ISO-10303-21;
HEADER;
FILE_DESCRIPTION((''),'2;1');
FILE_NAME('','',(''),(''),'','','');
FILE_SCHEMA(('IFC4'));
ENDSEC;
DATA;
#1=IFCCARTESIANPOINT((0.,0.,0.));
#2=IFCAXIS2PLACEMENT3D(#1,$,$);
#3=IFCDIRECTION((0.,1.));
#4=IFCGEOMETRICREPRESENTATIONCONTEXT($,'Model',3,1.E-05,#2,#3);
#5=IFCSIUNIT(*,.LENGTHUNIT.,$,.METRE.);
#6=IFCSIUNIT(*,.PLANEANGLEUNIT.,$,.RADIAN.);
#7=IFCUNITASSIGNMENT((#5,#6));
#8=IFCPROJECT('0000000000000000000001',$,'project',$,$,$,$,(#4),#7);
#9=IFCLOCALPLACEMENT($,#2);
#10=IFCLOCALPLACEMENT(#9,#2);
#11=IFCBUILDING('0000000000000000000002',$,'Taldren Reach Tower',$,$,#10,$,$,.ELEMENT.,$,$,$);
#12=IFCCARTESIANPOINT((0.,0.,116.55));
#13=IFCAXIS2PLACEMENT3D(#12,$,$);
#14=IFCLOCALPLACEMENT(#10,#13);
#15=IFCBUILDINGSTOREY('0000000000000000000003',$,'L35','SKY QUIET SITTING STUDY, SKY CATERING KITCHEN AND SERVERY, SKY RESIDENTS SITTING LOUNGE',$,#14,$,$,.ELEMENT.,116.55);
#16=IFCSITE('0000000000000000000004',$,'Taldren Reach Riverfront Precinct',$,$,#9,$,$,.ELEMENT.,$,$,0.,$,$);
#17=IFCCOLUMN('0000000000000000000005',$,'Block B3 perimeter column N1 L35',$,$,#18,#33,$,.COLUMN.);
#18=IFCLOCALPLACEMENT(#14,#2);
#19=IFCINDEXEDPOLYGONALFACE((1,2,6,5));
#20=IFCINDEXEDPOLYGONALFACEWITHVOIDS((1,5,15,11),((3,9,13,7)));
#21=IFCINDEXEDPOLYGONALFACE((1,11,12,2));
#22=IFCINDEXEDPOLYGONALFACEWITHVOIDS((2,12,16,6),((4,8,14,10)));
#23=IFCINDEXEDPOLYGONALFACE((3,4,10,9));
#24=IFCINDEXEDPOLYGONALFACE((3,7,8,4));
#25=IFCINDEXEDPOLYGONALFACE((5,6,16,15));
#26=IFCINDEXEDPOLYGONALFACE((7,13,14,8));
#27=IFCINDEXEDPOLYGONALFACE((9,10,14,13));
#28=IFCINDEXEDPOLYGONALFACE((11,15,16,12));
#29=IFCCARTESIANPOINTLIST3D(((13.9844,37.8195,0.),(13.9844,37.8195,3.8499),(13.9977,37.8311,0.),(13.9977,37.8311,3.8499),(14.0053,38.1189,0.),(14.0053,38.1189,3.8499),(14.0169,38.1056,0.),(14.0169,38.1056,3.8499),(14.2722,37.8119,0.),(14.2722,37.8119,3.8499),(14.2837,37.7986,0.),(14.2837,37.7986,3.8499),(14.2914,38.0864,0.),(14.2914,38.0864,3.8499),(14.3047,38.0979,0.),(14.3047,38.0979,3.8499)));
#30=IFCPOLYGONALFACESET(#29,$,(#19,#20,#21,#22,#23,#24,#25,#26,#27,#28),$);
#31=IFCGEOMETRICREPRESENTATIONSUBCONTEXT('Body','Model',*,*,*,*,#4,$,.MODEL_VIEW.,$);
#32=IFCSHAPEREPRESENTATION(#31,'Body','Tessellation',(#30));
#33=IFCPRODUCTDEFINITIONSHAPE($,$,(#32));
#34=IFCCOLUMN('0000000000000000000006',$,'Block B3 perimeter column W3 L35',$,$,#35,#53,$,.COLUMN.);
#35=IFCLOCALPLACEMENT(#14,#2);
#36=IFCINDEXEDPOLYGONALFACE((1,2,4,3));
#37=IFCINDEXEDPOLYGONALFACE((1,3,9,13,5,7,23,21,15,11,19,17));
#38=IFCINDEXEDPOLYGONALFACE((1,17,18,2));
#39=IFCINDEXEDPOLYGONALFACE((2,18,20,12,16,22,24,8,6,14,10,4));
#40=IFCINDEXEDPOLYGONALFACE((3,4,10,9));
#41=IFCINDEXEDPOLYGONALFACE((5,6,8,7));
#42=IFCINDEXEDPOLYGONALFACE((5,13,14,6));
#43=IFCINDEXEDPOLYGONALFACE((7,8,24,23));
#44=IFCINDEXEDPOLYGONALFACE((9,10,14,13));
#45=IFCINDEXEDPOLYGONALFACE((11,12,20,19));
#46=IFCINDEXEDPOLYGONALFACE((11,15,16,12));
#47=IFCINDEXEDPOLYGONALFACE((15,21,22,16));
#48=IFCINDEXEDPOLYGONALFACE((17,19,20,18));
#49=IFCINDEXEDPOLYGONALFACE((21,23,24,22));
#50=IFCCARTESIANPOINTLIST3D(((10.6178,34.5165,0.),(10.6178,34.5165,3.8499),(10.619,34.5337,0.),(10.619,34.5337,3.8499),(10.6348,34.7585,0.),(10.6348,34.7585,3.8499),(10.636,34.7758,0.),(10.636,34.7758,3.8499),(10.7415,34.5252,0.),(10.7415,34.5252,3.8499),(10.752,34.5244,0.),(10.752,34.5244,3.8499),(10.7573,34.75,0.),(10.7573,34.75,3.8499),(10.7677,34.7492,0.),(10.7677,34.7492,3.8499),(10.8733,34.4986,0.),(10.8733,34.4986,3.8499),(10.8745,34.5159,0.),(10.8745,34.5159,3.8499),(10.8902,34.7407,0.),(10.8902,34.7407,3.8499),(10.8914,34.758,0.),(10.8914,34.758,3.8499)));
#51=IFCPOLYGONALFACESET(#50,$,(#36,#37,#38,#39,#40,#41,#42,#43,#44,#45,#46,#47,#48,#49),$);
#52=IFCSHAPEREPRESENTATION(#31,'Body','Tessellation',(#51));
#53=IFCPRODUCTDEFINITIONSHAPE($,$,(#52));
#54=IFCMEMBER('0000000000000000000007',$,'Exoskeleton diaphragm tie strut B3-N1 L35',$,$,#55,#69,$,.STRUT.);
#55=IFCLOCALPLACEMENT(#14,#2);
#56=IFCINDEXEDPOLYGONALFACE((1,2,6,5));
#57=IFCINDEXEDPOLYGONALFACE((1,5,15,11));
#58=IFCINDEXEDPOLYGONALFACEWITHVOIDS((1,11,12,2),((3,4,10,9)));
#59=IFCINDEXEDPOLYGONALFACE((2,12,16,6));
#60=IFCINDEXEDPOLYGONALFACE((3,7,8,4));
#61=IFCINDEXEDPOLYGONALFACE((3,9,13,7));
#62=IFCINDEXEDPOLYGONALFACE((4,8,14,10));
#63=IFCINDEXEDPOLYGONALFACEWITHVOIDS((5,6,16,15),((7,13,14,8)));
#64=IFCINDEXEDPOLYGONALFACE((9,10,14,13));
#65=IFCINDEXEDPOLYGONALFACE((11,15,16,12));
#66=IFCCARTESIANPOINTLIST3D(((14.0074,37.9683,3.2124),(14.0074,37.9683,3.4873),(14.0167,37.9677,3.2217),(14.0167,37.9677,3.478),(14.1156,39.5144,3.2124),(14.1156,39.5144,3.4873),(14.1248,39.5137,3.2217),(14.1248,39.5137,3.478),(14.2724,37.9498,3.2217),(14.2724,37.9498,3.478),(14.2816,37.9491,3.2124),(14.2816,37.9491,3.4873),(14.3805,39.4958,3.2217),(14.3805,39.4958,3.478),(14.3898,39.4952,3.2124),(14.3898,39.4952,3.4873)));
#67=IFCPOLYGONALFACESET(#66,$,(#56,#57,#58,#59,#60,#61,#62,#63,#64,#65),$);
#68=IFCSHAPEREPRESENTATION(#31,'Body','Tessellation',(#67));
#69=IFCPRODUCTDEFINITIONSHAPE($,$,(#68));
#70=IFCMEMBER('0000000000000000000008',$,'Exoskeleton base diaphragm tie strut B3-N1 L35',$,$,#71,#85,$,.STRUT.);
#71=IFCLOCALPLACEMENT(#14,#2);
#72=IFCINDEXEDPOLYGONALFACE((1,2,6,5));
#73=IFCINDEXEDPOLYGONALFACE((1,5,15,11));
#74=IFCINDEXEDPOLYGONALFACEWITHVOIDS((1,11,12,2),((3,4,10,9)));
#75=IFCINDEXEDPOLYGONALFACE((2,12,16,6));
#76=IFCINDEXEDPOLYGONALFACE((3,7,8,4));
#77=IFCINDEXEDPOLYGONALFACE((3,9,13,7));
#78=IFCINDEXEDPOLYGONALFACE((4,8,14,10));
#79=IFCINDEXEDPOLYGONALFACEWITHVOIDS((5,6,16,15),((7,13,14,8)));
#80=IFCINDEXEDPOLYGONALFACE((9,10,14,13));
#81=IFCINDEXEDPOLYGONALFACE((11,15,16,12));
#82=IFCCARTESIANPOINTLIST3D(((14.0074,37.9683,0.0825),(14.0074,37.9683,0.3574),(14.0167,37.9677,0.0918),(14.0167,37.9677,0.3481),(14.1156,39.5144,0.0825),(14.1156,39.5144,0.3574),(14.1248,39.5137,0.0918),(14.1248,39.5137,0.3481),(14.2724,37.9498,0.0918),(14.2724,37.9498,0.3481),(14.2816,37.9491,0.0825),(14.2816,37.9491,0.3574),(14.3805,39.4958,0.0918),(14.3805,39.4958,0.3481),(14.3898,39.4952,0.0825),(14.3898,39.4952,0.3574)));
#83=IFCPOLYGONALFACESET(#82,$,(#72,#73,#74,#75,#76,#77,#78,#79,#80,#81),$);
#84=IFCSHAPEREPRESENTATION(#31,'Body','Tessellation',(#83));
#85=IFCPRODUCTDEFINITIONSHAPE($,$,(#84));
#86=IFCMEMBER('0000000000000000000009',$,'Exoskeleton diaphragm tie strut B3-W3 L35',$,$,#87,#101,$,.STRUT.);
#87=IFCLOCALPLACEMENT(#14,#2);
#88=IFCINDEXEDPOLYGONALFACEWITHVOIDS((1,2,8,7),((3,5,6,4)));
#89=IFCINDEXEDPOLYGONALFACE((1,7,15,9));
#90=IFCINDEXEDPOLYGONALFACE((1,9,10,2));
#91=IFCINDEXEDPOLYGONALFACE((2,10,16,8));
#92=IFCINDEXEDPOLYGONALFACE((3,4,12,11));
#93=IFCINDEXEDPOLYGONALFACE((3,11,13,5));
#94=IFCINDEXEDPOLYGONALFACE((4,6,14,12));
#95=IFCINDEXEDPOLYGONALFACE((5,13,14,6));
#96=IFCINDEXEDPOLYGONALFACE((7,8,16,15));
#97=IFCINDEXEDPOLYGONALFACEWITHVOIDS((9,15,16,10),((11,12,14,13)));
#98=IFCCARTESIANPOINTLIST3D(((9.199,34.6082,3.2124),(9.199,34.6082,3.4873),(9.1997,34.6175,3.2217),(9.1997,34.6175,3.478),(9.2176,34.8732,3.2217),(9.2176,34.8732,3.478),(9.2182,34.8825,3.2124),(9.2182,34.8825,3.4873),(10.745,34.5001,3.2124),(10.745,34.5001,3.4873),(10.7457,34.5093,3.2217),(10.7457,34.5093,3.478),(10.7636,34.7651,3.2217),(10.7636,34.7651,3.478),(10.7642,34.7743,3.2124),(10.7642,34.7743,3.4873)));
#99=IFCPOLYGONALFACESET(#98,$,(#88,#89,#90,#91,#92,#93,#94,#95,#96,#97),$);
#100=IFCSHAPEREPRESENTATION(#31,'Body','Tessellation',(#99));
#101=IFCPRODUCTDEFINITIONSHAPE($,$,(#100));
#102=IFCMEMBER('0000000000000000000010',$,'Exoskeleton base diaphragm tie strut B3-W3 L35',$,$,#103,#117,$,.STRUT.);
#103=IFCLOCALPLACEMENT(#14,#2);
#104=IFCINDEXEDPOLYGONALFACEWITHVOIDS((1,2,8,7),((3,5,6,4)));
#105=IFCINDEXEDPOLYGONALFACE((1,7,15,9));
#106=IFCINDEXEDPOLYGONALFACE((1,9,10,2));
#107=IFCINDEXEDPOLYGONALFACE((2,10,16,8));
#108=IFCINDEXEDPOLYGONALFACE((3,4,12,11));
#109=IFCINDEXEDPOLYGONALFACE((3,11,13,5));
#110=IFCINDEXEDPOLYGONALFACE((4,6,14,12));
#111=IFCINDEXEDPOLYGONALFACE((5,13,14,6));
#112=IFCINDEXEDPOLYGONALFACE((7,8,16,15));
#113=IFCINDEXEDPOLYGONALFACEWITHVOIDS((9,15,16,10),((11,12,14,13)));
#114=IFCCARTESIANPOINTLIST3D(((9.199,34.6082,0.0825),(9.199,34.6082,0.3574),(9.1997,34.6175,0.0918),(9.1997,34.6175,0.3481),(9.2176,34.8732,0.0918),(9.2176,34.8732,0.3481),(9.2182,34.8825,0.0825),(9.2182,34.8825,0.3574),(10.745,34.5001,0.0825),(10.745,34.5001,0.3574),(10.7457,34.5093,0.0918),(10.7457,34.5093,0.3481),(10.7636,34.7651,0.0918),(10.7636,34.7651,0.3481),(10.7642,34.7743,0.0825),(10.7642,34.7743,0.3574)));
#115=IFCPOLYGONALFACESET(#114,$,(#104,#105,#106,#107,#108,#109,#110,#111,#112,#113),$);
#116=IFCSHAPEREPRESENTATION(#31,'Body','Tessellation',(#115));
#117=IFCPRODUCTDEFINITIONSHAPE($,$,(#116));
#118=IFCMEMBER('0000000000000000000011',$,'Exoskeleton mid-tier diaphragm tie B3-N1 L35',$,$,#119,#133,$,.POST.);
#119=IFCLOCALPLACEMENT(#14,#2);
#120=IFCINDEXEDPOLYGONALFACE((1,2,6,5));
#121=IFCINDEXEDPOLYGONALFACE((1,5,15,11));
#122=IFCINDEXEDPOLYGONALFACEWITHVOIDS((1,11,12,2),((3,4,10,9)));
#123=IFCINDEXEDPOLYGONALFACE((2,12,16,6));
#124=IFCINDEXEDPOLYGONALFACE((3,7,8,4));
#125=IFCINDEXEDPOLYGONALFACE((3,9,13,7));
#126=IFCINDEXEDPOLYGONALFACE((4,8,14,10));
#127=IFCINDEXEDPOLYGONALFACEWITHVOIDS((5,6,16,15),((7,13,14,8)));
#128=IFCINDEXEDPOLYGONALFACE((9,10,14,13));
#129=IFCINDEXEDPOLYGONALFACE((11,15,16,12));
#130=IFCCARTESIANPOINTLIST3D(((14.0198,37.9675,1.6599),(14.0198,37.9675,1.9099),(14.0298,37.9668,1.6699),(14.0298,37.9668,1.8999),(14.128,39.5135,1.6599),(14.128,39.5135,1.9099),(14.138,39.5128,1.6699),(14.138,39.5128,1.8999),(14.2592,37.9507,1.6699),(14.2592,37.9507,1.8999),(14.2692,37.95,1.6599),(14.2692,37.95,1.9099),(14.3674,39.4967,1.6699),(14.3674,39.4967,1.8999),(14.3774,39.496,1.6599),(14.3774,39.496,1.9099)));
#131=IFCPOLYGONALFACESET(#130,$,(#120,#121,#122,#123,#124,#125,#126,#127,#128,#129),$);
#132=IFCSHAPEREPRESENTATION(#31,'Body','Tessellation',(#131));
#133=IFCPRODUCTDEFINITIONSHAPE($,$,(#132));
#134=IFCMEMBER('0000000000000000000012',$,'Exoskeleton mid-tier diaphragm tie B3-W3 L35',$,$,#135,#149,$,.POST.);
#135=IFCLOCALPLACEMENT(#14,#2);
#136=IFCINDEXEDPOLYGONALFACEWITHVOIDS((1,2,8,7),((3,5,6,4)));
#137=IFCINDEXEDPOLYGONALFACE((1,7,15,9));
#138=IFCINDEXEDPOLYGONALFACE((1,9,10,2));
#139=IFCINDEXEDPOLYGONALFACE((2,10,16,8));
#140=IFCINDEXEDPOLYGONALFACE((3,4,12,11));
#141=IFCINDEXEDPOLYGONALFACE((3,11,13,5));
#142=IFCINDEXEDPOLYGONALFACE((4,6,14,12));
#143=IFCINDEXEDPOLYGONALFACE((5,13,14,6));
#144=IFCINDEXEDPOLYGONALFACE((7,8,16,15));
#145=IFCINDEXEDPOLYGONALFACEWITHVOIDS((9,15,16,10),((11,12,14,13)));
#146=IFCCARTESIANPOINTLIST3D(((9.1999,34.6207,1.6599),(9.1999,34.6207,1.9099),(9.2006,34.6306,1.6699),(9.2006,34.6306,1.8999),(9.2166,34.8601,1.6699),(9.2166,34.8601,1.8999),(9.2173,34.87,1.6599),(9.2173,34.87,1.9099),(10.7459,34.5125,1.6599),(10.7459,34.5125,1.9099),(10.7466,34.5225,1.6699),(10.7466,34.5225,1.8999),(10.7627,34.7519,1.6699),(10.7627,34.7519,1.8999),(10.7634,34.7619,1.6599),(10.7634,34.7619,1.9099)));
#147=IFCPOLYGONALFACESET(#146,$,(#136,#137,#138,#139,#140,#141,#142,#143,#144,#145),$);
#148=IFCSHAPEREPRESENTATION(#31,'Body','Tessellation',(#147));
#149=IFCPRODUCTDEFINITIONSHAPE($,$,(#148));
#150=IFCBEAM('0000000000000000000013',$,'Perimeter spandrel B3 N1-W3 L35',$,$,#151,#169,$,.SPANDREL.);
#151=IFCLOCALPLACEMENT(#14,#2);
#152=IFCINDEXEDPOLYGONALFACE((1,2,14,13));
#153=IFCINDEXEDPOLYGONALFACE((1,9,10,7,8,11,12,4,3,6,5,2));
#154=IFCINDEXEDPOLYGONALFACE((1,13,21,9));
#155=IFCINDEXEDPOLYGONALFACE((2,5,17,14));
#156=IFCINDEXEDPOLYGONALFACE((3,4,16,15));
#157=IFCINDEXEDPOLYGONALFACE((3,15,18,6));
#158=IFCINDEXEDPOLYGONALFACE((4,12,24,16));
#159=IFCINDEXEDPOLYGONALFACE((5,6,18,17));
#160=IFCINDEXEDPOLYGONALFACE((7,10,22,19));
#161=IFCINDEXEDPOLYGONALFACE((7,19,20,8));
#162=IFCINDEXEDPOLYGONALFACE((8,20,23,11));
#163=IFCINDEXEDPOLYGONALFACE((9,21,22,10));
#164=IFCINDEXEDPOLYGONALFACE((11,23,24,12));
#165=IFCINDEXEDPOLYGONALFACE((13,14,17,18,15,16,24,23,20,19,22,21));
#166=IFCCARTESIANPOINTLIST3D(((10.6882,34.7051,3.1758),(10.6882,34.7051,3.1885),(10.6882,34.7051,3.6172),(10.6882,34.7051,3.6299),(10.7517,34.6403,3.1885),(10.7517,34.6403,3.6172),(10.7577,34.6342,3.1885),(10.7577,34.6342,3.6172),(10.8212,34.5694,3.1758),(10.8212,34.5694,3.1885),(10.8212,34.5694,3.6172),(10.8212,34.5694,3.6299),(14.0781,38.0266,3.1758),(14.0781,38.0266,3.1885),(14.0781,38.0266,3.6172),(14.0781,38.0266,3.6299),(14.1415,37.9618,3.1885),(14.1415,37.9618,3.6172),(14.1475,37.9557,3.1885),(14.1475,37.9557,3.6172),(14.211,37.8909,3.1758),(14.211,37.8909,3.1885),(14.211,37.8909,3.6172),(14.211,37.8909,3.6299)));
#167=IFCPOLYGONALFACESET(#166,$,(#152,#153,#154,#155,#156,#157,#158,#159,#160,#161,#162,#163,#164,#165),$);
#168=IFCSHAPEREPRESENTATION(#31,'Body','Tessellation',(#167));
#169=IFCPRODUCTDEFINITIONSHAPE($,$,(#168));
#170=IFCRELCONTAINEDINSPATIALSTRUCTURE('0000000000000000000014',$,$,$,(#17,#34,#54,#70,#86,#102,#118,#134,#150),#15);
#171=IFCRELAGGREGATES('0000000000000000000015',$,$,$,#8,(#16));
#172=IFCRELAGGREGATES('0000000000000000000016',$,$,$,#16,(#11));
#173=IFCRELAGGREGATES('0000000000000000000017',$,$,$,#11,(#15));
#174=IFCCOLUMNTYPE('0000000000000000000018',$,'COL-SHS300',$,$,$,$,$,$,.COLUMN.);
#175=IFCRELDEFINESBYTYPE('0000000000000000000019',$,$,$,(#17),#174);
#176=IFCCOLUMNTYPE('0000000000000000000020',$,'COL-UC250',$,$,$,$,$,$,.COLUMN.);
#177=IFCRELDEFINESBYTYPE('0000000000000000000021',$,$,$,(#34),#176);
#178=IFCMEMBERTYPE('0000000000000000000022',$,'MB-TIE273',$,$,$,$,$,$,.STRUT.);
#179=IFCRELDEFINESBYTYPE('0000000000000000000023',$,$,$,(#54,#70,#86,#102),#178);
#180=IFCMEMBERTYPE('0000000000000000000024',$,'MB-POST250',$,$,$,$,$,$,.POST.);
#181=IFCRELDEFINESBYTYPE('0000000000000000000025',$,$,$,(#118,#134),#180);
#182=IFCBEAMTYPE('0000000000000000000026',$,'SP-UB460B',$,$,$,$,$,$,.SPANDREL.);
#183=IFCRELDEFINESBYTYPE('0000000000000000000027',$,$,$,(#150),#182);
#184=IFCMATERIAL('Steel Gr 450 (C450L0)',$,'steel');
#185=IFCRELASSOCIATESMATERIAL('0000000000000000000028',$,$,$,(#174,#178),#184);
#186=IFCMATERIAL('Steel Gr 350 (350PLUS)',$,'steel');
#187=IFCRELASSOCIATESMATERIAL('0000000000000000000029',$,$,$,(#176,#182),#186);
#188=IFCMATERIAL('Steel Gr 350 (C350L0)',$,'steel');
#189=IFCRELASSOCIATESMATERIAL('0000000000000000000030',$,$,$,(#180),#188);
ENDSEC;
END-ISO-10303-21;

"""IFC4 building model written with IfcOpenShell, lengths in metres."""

from ifc_helpers import new_model, si_unit, direction, frame, origin, origin_2d, place, context, subcontext, project, spatial, hollow_rectangle, i_section, extrude, source, transform, mapped, material, material_profile, profile_set, type_object, element, save


model = new_model("IFC4")

# Units and contexts
model_context = context("Model", 3, precision=1e-05, world=origin(), true_north=direction((0.0, 1.0)))
body_context = subcontext(model_context, "Body", "Model", "MODEL_VIEW")
ifc_project = project(units=[si_unit("LENGTHUNIT", "METRE"), si_unit("PLANEANGLEUNIT", "RADIAN")], contexts=[model_context])

# Site, building, storey
site_placement = place(None, origin())
site = spatial("IfcSite", under=ifc_project, at=site_placement, Name="Taldren Reach Riverfront Precinct", CompositionType="ELEMENT", RefElevation=0.0)
building_placement = place(site_placement, origin())
building = spatial("IfcBuilding", under=site, at=building_placement, Name="Taldren Reach Tower", CompositionType="ELEMENT")
storey_placement = place(building_placement, frame((0.0, 0.0, 116.55)))
storey = spatial("IfcBuildingStorey", under=building, at=storey_placement, Name="L35", Description="SKY QUIET SITTING STUDY, SKY CATERING KITCHEN AND SERVERY, SKY RESIDENTS SITTING LOUNGE", CompositionType="ELEMENT", Elevation=116.55)

# Columns
ifc_material_1 = material(Name="Steel Gr 450 (C450L0)", Category="steel")
ifc_material_profile_1 = material_profile(ifc_material_1, hollow_rectangle(XDim=0.3, YDim=0.3, WallThickness=0.0125, at=origin_2d()), Name="300x300x12.5SHS")
ifc_profile_set_1 = profile_set([ifc_material_profile_1], Name="Steel Gr 450 (C450L0)")
column_type_1 = type_object("IfcColumnType", Name="COL-SHS300", PredefinedType="COLUMN", material=ifc_profile_set_1)
shared_shape_1 = source(origin(), body_context, "Body", "SweptSolid", [
    extrude(hollow_rectangle(XDim=0.3, YDim=0.3, WallThickness=0.0125, at=origin_2d()), origin(), (0.0, 0.0, 1.0), 3.8499),
])
column_1_placement = place(storey_placement, frame((14.1445, 37.9587, 0.0), z_axis=(0.0, 0.0, 1.0), x_axis=(0.997564, -0.069756, 0.0)))
element("IfcColumn", 1, at=column_1_placement, inside=storey, type_object=column_type_1, Name="Block B3 perimeter column N1 L35", PredefinedType="COLUMN", context=body_context, shape_type="MappedRepresentation", body=[
    mapped(shared_shape_1, transform((0.0, 0.0, 0.0), scale=1.0)),
])
ifc_material_2 = material(Name="Steel Gr 350 (350PLUS)", Category="steel")
ifc_material_profile_2 = material_profile(ifc_material_2, i_section(OverallWidth=0.2561, OverallDepth=0.26, WebThickness=0.0105, FlangeThickness=0.0173, at=origin_2d()), Name="250UC89.5")
ifc_profile_set_2 = profile_set([ifc_material_profile_2], Name="Steel Gr 350 (350PLUS)")
column_type_2 = type_object("IfcColumnType", Name="COL-UC250", PredefinedType="COLUMN", material=ifc_profile_set_2)
shared_shape_2 = source(origin(), body_context, "Body", "SweptSolid", [
    extrude(i_section(OverallWidth=0.2561, OverallDepth=0.26, WebThickness=0.0105, FlangeThickness=0.0173, at=origin_2d()), origin(), (0.0, 0.0, 1.0), 3.8499),
])
column_2_placement = place(storey_placement, frame((10.7546, 34.6372, 0.0), z_axis=(0.0, 0.0, 1.0), x_axis=(0.997564, -0.069756, 0.0)))
element("IfcColumn", 2, at=column_2_placement, inside=storey, type_object=column_type_2, Name="Block B3 perimeter column W3 L35", PredefinedType="COLUMN", context=body_context, shape_type="MappedRepresentation", body=[
    mapped(shared_shape_2, transform((0.0, 0.0, 0.0), scale=1.0)),
])

# Members
ifc_material_profile_3 = material_profile(ifc_material_1, hollow_rectangle(XDim=0.2749, YDim=0.2749, WallThickness=0.0093, at=origin_2d()), Name="275x275x9.3SHS")
ifc_profile_set_3 = profile_set([ifc_material_profile_3], Name="Steel Gr 450 (C450L0)")
member_type_1 = type_object("IfcMemberType", Name="MB-TIE273", PredefinedType="STRUT", material=ifc_profile_set_3)
shared_shape_3 = source(origin(), body_context, "Body", "SweptSolid", [
    extrude(hollow_rectangle(XDim=0.2749, YDim=0.2749, WallThickness=0.0093, at=origin_2d()), origin(), (0.0, 0.0, 1.0), 1.5498),
])
for number, where, z_axis, x_axis, name in (
    (3, (14.1445, 37.9587, 3.3499), (0.069781, 0.997562, 0.0), (-0.997562, 0.069781, 0.0), "Exoskeleton diaphragm tie strut B3-N1 L35"),
    (4, (14.1445, 37.9587, 0.22), (0.069781, 0.997562, 0.0), (-0.997562, 0.069781, 0.0), "Exoskeleton base diaphragm tie strut B3-N1 L35"),
    (5, (10.7546, 34.6372, 3.3499), (-0.997562, 0.069781, 0.0), (-0.069781, -0.997562, 0.0), "Exoskeleton diaphragm tie strut B3-W3 L35"),
    (6, (10.7546, 34.6372, 0.22), (-0.997562, 0.069781, 0.0), (-0.069781, -0.997562, 0.0), "Exoskeleton base diaphragm tie strut B3-W3 L35"),
):
    element("IfcMember", number, at=place(storey_placement, frame(where, z_axis=z_axis, x_axis=x_axis)), inside=storey, type_object=member_type_1, Name=name, PredefinedType="STRUT", context=body_context, shape_type="MappedRepresentation", body=[
        mapped(shared_shape_3, transform((0.0, 0.0, 0.0), scale=1.0)),
    ])
ifc_material_3 = material(Name="Steel Gr 350 (C350L0)", Category="steel")
ifc_material_profile_4 = material_profile(ifc_material_3, hollow_rectangle(XDim=0.25, YDim=0.25, WallThickness=0.01, at=origin_2d()), Name="250x250x10.0SHS")
ifc_profile_set_4 = profile_set([ifc_material_profile_4], Name="Steel Gr 350 (C350L0)")
member_type_2 = type_object("IfcMemberType", Name="MB-POST250", PredefinedType="POST", material=ifc_profile_set_4)
shared_shape_4 = source(origin(), body_context, "Body", "SweptSolid", [
    extrude(hollow_rectangle(XDim=0.25, YDim=0.25, WallThickness=0.01, at=origin_2d()), origin(), (0.0, 0.0, 1.0), 1.5498),
])
for number, where, z_axis, x_axis, name in (
    (7, (14.1445, 37.9587, 1.7849), (0.069781, 0.997562, 0.0), (-0.997562, 0.069781, 0.0), "Exoskeleton mid-tier diaphragm tie B3-N1 L35"),
    (8, (10.7546, 34.6372, 1.7849), (-0.997562, 0.069781, 0.0), (-0.069781, -0.997562, 0.0), "Exoskeleton mid-tier diaphragm tie B3-W3 L35"),
):
    element("IfcMember", number, at=place(storey_placement, frame(where, z_axis=z_axis, x_axis=x_axis)), inside=storey, type_object=member_type_2, Name=name, PredefinedType="POST", context=body_context, shape_type="MappedRepresentation", body=[
        mapped(shared_shape_4, transform((0.0, 0.0, 0.0), scale=1.0)),
    ])

# Beam
ifc_material_profile_5 = material_profile(ifc_material_2, i_section(OverallWidth=0.1899, OverallDepth=0.4541, WebThickness=0.0085, FlangeThickness=0.0127, at=origin_2d()), Name="460UB67.1")
ifc_profile_set_5 = profile_set([ifc_material_profile_5], Name="Steel Gr 350 (350PLUS)")
beam_type_1 = type_object("IfcBeamType", Name="SP-UB460B", PredefinedType="SPANDREL", material=ifc_profile_set_5)
shared_shape_5 = source(origin(), body_context, "Body", "SweptSolid", [
    extrude(i_section(OverallWidth=0.1899, OverallDepth=0.4541, WebThickness=0.0085, FlangeThickness=0.0127, at=origin_2d()), origin(), (0.0, 0.0, 1.0), 4.7458),
])
beam_1_placement = place(storey_placement, frame((14.1445, 37.9587, 3.4028), z_axis=(-0.714272, -0.699868, 0.0), x_axis=(0.699868, -0.714272, 0.0)))
element("IfcBeam", 9, at=beam_1_placement, inside=storey, type_object=beam_type_1, Name="Perimeter spandrel B3 N1-W3 L35", PredefinedType="SPANDREL", context=body_context, shape_type="MappedRepresentation", body=[
    mapped(shared_shape_5, transform((0.0, 0.0, 0.0), scale=1.0)),
])

save(model, "model.ifc")
